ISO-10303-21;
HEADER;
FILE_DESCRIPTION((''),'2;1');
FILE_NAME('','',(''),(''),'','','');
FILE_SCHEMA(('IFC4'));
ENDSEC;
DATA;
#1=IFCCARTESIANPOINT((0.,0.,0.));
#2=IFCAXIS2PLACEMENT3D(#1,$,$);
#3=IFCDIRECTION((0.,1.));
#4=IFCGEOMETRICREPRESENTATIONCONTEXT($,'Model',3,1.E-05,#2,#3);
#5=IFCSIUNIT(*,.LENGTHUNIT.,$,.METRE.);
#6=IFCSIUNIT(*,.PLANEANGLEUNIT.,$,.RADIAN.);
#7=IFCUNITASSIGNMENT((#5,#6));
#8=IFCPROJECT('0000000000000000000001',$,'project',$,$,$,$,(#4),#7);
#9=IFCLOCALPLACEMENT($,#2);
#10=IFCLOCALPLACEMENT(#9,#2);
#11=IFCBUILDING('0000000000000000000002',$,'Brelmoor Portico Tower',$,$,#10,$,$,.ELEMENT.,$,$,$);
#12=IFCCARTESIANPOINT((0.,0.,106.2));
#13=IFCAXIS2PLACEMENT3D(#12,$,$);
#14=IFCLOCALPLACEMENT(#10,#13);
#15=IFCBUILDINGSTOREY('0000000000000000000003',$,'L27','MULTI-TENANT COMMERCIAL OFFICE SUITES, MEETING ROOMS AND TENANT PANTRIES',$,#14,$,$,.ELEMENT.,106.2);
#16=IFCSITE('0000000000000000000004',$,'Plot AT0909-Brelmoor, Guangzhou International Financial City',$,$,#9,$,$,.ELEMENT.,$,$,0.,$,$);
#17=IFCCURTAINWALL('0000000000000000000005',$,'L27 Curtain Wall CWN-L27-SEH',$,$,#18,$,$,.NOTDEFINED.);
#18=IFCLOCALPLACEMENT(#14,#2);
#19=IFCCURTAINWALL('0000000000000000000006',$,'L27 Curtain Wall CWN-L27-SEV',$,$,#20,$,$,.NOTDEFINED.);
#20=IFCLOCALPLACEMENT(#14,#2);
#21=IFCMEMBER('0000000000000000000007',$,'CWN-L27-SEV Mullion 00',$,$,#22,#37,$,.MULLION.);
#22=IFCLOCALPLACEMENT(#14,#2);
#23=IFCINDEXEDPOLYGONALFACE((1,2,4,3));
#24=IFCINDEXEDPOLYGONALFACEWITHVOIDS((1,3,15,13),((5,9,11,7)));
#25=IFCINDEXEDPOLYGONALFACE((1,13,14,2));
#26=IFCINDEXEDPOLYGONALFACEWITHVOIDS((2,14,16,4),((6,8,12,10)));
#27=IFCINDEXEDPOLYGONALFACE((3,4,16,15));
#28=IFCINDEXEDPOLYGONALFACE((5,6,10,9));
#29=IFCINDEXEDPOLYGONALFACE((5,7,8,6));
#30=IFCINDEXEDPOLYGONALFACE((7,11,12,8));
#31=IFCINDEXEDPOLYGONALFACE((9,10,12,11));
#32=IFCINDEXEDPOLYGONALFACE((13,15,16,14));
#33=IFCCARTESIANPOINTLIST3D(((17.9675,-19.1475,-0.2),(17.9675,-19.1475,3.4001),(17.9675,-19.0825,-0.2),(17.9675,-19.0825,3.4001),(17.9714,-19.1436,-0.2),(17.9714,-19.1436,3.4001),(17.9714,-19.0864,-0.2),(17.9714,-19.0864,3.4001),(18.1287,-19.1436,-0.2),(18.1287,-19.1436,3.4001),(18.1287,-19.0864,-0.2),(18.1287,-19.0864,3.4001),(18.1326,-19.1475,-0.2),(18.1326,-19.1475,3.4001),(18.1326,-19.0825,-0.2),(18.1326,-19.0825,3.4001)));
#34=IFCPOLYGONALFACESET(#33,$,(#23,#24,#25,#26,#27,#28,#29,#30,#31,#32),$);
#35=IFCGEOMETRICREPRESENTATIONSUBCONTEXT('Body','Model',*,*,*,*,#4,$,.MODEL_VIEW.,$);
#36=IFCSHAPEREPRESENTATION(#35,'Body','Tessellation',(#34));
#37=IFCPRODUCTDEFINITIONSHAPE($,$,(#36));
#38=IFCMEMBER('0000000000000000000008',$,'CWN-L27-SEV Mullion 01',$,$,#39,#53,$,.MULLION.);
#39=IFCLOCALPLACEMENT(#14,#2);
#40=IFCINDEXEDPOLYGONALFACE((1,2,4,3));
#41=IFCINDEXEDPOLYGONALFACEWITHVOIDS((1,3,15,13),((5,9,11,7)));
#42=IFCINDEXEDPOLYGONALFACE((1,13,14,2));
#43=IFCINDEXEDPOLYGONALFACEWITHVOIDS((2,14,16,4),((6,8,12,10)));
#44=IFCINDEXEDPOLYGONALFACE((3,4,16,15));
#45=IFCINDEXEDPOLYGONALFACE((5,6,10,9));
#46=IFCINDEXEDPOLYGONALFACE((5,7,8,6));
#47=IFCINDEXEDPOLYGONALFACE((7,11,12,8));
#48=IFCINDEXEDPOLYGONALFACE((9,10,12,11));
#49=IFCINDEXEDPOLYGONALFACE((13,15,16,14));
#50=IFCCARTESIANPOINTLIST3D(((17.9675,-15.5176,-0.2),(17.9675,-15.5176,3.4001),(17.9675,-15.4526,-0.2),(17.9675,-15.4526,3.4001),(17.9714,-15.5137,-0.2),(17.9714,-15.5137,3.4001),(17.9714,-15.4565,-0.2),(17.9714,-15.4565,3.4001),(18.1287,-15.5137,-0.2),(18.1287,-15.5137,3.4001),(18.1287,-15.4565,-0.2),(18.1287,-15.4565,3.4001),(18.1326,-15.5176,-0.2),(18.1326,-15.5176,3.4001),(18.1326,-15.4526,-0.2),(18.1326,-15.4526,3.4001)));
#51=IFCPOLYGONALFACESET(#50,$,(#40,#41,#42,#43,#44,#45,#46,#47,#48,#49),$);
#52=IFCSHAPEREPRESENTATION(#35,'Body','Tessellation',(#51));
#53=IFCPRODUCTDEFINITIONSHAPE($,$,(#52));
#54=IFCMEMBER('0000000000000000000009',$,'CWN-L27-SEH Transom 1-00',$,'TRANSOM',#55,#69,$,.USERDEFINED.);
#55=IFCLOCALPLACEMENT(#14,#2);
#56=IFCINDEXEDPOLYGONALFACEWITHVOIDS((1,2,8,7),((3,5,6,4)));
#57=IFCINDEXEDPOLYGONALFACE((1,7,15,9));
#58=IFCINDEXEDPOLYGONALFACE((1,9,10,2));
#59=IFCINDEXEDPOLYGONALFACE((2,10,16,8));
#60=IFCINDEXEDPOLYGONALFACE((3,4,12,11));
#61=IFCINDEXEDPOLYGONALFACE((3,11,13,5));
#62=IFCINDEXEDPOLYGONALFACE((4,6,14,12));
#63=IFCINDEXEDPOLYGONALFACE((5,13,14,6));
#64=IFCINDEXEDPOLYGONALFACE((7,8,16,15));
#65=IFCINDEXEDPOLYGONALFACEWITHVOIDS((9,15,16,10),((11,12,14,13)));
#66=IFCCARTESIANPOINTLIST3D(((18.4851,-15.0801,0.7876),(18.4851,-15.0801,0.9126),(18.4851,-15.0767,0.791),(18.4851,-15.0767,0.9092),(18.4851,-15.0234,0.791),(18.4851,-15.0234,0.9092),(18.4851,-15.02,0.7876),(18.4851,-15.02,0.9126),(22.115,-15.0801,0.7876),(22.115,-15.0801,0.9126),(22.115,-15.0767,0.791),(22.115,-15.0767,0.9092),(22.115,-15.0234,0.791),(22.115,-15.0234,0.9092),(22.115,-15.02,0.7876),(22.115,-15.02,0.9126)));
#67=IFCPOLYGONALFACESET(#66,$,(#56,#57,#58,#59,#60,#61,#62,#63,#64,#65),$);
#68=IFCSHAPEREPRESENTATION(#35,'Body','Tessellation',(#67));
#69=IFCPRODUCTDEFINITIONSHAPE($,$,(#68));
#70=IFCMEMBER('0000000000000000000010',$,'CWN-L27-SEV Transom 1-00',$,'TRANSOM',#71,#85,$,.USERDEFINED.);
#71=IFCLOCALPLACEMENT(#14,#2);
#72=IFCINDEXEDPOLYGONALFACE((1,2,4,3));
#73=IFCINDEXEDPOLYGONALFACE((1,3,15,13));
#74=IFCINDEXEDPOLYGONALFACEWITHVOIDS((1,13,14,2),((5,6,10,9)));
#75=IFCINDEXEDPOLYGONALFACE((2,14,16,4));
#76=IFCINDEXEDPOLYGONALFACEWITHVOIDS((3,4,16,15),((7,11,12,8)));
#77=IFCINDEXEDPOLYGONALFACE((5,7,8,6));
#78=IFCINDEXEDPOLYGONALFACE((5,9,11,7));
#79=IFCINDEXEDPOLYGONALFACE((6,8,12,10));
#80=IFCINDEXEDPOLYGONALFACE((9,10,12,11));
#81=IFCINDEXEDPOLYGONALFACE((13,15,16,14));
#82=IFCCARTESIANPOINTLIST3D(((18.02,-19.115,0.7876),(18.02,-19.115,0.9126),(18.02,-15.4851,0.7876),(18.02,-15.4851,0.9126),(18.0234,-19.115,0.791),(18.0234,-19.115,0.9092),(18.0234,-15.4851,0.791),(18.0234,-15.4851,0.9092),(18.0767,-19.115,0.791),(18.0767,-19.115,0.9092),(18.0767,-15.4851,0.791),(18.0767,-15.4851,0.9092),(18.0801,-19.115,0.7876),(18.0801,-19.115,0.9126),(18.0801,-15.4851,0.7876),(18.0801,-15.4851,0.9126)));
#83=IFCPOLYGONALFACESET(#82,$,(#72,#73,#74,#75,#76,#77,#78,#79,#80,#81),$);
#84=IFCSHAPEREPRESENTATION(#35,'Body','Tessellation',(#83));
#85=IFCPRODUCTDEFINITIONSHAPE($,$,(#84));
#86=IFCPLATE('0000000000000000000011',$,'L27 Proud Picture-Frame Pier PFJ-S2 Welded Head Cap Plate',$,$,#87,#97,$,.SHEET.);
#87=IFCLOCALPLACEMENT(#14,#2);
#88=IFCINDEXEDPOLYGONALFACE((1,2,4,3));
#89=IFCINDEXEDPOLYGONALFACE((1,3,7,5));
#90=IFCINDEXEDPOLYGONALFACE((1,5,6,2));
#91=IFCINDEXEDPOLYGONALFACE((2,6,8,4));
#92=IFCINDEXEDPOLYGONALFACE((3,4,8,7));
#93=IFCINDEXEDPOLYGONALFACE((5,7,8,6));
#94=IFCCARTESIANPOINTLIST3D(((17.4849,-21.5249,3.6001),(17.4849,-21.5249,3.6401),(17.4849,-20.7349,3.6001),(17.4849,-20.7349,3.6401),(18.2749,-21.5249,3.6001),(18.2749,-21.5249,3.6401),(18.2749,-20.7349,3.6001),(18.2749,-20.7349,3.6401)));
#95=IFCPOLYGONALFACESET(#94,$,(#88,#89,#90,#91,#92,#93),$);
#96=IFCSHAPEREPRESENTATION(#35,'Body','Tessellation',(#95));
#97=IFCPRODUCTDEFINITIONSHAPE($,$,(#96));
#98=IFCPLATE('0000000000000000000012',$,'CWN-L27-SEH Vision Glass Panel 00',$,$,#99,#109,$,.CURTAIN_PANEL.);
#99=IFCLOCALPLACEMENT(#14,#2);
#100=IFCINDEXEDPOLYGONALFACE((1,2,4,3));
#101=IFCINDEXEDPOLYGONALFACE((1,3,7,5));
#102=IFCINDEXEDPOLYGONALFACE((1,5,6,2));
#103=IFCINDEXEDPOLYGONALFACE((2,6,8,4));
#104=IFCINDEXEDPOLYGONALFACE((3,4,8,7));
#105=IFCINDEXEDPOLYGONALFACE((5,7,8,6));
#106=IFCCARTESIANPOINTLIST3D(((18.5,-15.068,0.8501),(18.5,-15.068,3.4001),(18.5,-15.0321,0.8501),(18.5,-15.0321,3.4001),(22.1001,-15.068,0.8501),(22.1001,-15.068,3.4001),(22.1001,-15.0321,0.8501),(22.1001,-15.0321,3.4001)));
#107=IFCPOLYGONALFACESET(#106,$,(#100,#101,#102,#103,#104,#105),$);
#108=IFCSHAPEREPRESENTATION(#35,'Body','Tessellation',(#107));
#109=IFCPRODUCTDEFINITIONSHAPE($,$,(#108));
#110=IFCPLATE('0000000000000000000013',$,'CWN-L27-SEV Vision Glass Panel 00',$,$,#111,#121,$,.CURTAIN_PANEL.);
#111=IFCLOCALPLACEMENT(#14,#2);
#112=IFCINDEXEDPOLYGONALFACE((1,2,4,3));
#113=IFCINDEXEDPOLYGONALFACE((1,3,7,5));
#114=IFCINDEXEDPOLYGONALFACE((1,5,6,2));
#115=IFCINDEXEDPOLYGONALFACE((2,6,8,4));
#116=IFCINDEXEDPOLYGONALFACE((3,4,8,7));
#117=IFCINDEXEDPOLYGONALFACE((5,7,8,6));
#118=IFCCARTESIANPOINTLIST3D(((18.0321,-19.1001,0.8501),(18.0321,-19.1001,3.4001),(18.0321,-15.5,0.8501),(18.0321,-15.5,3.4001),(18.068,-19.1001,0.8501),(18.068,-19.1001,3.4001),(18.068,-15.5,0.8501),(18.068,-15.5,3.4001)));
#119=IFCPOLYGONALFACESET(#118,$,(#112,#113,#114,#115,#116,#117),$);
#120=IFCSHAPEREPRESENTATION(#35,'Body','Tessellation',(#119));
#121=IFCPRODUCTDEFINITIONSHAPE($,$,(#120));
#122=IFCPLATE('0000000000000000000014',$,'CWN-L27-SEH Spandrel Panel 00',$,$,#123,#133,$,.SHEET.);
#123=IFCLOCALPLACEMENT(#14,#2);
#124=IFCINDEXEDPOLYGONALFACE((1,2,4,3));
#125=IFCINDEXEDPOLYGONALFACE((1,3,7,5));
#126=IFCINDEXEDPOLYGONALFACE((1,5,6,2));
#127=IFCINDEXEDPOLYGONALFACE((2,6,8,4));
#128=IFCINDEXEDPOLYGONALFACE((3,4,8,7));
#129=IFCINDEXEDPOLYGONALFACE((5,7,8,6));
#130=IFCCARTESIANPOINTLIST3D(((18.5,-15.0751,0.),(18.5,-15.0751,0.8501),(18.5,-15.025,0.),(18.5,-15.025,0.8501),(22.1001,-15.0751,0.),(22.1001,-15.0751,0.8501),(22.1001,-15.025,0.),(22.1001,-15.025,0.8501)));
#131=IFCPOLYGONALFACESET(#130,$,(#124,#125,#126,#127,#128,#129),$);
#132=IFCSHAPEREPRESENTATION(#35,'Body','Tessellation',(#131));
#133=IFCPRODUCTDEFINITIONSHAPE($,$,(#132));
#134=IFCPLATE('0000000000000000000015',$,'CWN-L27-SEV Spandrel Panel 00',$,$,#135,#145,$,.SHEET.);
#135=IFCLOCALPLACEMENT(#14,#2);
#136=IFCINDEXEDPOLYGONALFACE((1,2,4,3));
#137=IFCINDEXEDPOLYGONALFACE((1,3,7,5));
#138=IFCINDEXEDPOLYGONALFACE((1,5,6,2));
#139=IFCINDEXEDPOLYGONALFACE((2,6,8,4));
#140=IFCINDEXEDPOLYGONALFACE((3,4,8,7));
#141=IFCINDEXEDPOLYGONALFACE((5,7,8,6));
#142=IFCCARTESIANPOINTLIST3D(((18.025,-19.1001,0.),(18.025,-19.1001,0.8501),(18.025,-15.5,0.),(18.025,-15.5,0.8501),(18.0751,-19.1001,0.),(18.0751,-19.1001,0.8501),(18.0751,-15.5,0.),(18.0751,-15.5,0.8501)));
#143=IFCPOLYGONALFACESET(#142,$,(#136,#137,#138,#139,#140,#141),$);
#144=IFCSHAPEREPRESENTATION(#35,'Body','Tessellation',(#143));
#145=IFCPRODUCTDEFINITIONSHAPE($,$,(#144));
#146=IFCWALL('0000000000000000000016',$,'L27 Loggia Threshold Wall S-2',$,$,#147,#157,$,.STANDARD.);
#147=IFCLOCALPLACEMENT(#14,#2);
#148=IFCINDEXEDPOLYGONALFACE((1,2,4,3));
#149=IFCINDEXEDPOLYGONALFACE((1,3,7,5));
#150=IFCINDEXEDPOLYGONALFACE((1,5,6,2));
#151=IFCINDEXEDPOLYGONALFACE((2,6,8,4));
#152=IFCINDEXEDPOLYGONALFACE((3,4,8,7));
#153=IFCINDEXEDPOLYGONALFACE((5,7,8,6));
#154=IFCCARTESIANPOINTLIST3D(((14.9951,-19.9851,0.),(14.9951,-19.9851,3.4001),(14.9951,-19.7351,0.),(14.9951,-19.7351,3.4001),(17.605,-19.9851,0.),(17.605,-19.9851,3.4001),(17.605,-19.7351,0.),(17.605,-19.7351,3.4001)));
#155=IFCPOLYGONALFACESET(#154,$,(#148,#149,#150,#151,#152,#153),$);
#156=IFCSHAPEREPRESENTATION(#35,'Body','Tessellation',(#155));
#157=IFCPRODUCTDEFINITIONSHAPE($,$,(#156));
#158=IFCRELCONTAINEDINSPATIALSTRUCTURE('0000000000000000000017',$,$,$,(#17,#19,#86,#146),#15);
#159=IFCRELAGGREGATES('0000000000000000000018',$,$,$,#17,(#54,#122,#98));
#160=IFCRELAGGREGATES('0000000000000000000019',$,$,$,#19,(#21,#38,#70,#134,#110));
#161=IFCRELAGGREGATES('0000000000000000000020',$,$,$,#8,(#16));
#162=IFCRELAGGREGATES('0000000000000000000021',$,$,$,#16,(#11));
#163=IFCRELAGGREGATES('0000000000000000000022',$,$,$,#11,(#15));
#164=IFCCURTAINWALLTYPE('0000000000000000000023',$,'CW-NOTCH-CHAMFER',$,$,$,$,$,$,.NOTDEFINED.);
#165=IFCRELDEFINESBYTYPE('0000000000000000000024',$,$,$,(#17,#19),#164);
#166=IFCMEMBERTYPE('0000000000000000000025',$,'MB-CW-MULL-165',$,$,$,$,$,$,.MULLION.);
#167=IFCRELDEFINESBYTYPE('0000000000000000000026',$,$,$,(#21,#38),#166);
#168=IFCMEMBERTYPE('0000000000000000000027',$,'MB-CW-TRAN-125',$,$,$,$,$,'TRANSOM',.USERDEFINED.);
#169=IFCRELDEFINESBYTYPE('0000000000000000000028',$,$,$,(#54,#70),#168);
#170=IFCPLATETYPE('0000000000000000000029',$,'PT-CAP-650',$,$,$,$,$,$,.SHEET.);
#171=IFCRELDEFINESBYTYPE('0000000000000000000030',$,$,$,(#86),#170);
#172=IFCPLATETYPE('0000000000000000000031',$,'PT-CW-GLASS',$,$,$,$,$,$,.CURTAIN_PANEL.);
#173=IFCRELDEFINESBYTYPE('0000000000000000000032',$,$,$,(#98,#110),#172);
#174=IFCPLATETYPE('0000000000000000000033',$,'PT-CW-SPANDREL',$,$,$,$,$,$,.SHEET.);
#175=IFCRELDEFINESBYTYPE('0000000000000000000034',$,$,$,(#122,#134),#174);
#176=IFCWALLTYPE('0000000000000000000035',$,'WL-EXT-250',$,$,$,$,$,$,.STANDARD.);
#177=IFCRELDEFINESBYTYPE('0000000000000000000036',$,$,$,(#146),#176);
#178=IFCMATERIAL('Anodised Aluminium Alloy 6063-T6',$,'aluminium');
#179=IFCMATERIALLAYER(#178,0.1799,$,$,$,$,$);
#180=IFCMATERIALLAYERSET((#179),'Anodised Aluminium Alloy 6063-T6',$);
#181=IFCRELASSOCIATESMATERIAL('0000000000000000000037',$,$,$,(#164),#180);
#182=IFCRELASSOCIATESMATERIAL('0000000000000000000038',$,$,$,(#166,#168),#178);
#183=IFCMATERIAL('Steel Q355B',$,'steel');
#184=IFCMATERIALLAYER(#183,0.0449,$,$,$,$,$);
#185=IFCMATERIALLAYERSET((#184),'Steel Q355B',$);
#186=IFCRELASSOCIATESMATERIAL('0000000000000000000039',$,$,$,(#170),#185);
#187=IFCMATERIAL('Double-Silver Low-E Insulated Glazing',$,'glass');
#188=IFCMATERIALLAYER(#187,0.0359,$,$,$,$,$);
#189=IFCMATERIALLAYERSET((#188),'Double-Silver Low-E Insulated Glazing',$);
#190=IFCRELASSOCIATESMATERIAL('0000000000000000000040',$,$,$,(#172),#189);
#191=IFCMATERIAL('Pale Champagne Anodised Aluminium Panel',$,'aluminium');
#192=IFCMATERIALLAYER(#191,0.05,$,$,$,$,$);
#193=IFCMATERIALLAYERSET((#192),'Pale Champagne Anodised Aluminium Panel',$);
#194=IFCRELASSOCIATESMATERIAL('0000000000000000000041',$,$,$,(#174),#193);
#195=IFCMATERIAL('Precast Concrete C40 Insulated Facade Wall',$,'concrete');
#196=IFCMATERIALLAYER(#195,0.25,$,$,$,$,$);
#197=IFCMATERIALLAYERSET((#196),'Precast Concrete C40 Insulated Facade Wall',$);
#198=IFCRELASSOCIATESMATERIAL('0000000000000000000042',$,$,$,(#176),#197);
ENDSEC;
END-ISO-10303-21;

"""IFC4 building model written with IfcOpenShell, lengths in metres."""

from ifc_helpers import new_model, si_unit, direction, frame, frame_2d, origin, origin_2d, place, context, subcontext, project, spatial, rectangle, hollow_rectangle, extrude, material, layer, layer_set, material_profile, profile_set, type_object, element, aggregate, save


model = new_model("IFC4")

# Units and contexts
model_context = context("Model", 3, precision=1e-05, world=origin(), true_north=direction((0.0, 1.0)))
body_context = subcontext(model_context, "Body", "Model", "MODEL_VIEW")
ifc_project = project(units=[si_unit("LENGTHUNIT", "METRE"), si_unit("PLANEANGLEUNIT", "RADIAN")], contexts=[model_context])

# Site, building, storey
site_placement = place(None, origin())
site = spatial("IfcSite", under=ifc_project, at=site_placement, Name="Plot AT0909-Brelmoor, Guangzhou International Financial City", CompositionType="ELEMENT", RefElevation=0.0)
building_placement = place(site_placement, origin())
building = spatial("IfcBuilding", under=site, at=building_placement, Name="Brelmoor Portico Tower", CompositionType="ELEMENT")
storey_placement = place(building_placement, frame((0.0, 0.0, 106.2)))
storey = spatial("IfcBuildingStorey", under=building, at=storey_placement, Name="L27", Description="MULTI-TENANT COMMERCIAL OFFICE SUITES, MEETING ROOMS AND TENANT PANTRIES", CompositionType="ELEMENT", Elevation=106.2)

# Shared definitions
ifc_material_1 = material(Name="Steel Q355B", Category="steel")

# Curtain walls, members
ifc_material_2 = material(Name="Anodised Aluminium Alloy 6063-T6", Category="aluminium")
ifc_layer_1 = layer(ifc_material_2, 0.1799)
ifc_layer_set_1 = layer_set([ifc_layer_1], Name="Anodised Aluminium Alloy 6063-T6")
curtain_wall_type = type_object("IfcCurtainWallType", Name="CW-NOTCH-CHAMFER", PredefinedType="NOTDEFINED", material=ifc_layer_set_1)
curtain_wall_1_placement = place(storey_placement, origin())
curtain_wall_1 = element("IfcCurtainWall", 1, at=curtain_wall_1_placement, inside=storey, type_object=curtain_wall_type, Name="L27 Curtain Wall CWN-L27-SEH", PredefinedType="NOTDEFINED")
ifc_material_profile_1 = material_profile(ifc_material_2, hollow_rectangle(XDim=0.0649, YDim=0.165, WallThickness=0.0039, at=origin_2d()), Name="ALU MULLION 65x165")
ifc_profile_set_1 = profile_set([ifc_material_profile_1], Name="Anodised Aluminium Alloy 6063-T6")
member_type_1 = type_object("IfcMemberType", Name="MB-CW-MULL-165", PredefinedType="MULLION", material=ifc_profile_set_1)
curtain_wall_2_placement = place(storey_placement, origin())
curtain_wall_2 = element("IfcCurtainWall", 2, at=curtain_wall_2_placement, inside=storey, type_object=curtain_wall_type, Name="L27 Curtain Wall CWN-L27-SEV", PredefinedType="NOTDEFINED")
member_1_placement = place(storey_placement, frame((18.05, -19.115, -0.2), z_axis=(0.0, 0.0, 1.0), x_axis=(0.0, 1.0, 0.0)))
member_1 = element("IfcMember", 3, at=member_1_placement, type_object=member_type_1, Name="CWN-L27-SEV Mullion 00", PredefinedType="MULLION", context=body_context, shape_type="SweptSolid", body=[
    extrude(hollow_rectangle(XDim=0.0649, YDim=0.165, WallThickness=0.0039, at=origin_2d()), origin(), (0.0, 0.0, 1.0), 3.6001),
])
member_2_placement = place(storey_placement, frame((18.05, -15.4851, -0.2), z_axis=(0.0, 0.0, 1.0), x_axis=(0.0, 1.0, 0.0)))
member_2 = element("IfcMember", 4, at=member_2_placement, type_object=member_type_1, Name="CWN-L27-SEV Mullion 01", PredefinedType="MULLION", context=body_context, shape_type="SweptSolid", body=[
    extrude(hollow_rectangle(XDim=0.0649, YDim=0.165, WallThickness=0.0039, at=origin_2d()), origin(), (0.0, 0.0, 1.0), 3.6001),
])

# Members
ifc_material_profile_2 = material_profile(ifc_material_2, hollow_rectangle(XDim=0.0601, YDim=0.125, WallThickness=0.0034, at=origin_2d()), Name="ALU TRANSOM 60x125")
ifc_profile_set_2 = profile_set([ifc_material_profile_2], Name="Anodised Aluminium Alloy 6063-T6")
member_type_2 = type_object("IfcMemberType", Name="MB-CW-TRAN-125", ElementType="TRANSOM", PredefinedType="USERDEFINED", material=ifc_profile_set_2)
member_3_placement = place(storey_placement, frame((18.4851, -15.05, 0.8501), z_axis=(1.0, 0.0, 0.0), x_axis=(0.0, 1.0, 0.0)))
member_3 = element("IfcMember", 5, at=member_3_placement, type_object=member_type_2, Name="CWN-L27-SEH Transom 1-00", ObjectType="TRANSOM", PredefinedType="USERDEFINED", context=body_context, shape_type="SweptSolid", body=[
    extrude(hollow_rectangle(XDim=0.0601, YDim=0.125, WallThickness=0.0034, at=origin_2d()), origin(), (0.0, 0.0, 1.0), 3.6299),
])
member_4_placement = place(storey_placement, frame((18.05, -19.115, 0.8501), z_axis=(0.0, 1.0, 0.0), x_axis=(-1.0, 0.0, 0.0)))
member_4 = element("IfcMember", 6, at=member_4_placement, type_object=member_type_2, Name="CWN-L27-SEV Transom 1-00", ObjectType="TRANSOM", PredefinedType="USERDEFINED", context=body_context, shape_type="SweptSolid", body=[
    extrude(hollow_rectangle(XDim=0.0601, YDim=0.125, WallThickness=0.0034, at=origin_2d()), origin(), (0.0, 0.0, 1.0), 3.6299),
])

# Plates
ifc_layer_2 = layer(ifc_material_1, 0.0449)
ifc_layer_set_2 = layer_set([ifc_layer_2], Name="Steel Q355B")
plate_type_1 = type_object("IfcPlateType", Name="PT-CAP-650", PredefinedType="SHEET", material=ifc_layer_set_2)
plate_1_placement = place(storey_placement, frame((17.8799, -21.1299, 3.6001), z_axis=(0.0, 0.0, 1.0), x_axis=(1.0, 0.0, 0.0)))
element("IfcPlate", 7, at=plate_1_placement, inside=storey, type_object=plate_type_1, Name="L27 Proud Picture-Frame Pier PFJ-S2 Welded Head Cap Plate", PredefinedType="SHEET", context=body_context, shape_type="SweptSolid", body=[
    extrude(rectangle(XDim=0.79, YDim=0.79, at=origin_2d()), origin(), (0.0, 0.0, 1.0), 0.04),
])
ifc_material_3 = material(Name="Double-Silver Low-E Insulated Glazing", Category="glass")
ifc_layer_3 = layer(ifc_material_3, 0.0359)
ifc_layer_set_3 = layer_set([ifc_layer_3], Name="Double-Silver Low-E Insulated Glazing")
plate_type_2 = type_object("IfcPlateType", Name="PT-CW-GLASS", PredefinedType="CURTAIN_PANEL", material=ifc_layer_set_3)
plate_2_placement = place(storey_placement, frame((20.3, -15.05, 0.8501), z_axis=(0.0, 0.0, 1.0), x_axis=(1.0, 0.0, 0.0)))
plate_2 = element("IfcPlate", 8, at=plate_2_placement, type_object=plate_type_2, Name="CWN-L27-SEH Vision Glass Panel 00", PredefinedType="CURTAIN_PANEL", context=body_context, shape_type="SweptSolid", body=[
    extrude(rectangle(XDim=3.6001, YDim=0.0359, at=origin_2d()), origin(), (0.0, 0.0, 1.0), 2.55),
])
plate_3_placement = place(storey_placement, frame((18.05, -17.3, 0.8501), z_axis=(0.0, 0.0, 1.0), x_axis=(0.0, 1.0, 0.0)))
plate_3 = element("IfcPlate", 9, at=plate_3_placement, type_object=plate_type_2, Name="CWN-L27-SEV Vision Glass Panel 00", PredefinedType="CURTAIN_PANEL", context=body_context, shape_type="SweptSolid", body=[
    extrude(rectangle(XDim=3.6001, YDim=0.0359, at=origin_2d()), origin(), (0.0, 0.0, 1.0), 2.55),
])
ifc_material_4 = material(Name="Pale Champagne Anodised Aluminium Panel", Category="aluminium")
ifc_layer_4 = layer(ifc_material_4, 0.05)
ifc_layer_set_4 = layer_set([ifc_layer_4], Name="Pale Champagne Anodised Aluminium Panel")
plate_type_3 = type_object("IfcPlateType", Name="PT-CW-SPANDREL", PredefinedType="SHEET", material=ifc_layer_set_4)
plate_4_placement = place(storey_placement, frame((20.3, -15.05, 0.0), z_axis=(0.0, 0.0, 1.0), x_axis=(1.0, 0.0, 0.0)))
plate_4 = element("IfcPlate", 10, at=plate_4_placement, type_object=plate_type_3, Name="CWN-L27-SEH Spandrel Panel 00", PredefinedType="SHEET", context=body_context, shape_type="SweptSolid", body=[
    extrude(rectangle(XDim=3.6001, YDim=0.05, at=origin_2d()), origin(), (0.0, 0.0, 1.0), 0.8501),
])
aggregate(curtain_wall_1, [member_3, plate_4, plate_2])
plate_5_placement = place(storey_placement, frame((18.05, -17.3, 0.0), z_axis=(0.0, 0.0, 1.0), x_axis=(0.0, 1.0, 0.0)))
plate_5 = element("IfcPlate", 11, at=plate_5_placement, type_object=plate_type_3, Name="CWN-L27-SEV Spandrel Panel 00", PredefinedType="SHEET", context=body_context, shape_type="SweptSolid", body=[
    extrude(rectangle(XDim=3.6001, YDim=0.05, at=origin_2d()), origin(), (0.0, 0.0, 1.0), 0.8501),
])
aggregate(curtain_wall_2, [member_1, member_2, member_4, plate_5, plate_3])

# Wall
ifc_material_5 = material(Name="Precast Concrete C40 Insulated Facade Wall", Category="concrete")
ifc_layer_5 = layer(ifc_material_5, 0.25)
ifc_layer_set_5 = layer_set([ifc_layer_5], Name="Precast Concrete C40 Insulated Facade Wall")
wall_type = type_object("IfcWallType", Name="WL-EXT-250", PredefinedType="STANDARD", material=ifc_layer_set_5)
wall_placement = place(storey_placement, frame((14.9951, -19.8601, 0.0), z_axis=(0.0, 0.0, 1.0), x_axis=(1.0, 0.0, 0.0)))
element("IfcWall", 12, at=wall_placement, inside=storey, type_object=wall_type, Name="L27 Loggia Threshold Wall S-2", PredefinedType="STANDARD", context=body_context, shape_type="SweptSolid", body=[
    extrude(rectangle(XDim=2.6099, YDim=0.25, at=frame_2d((1.3049, 0.0))), origin(), (0.0, 0.0, 1.0), 3.4001),
])

save(model, "model.ifc")
